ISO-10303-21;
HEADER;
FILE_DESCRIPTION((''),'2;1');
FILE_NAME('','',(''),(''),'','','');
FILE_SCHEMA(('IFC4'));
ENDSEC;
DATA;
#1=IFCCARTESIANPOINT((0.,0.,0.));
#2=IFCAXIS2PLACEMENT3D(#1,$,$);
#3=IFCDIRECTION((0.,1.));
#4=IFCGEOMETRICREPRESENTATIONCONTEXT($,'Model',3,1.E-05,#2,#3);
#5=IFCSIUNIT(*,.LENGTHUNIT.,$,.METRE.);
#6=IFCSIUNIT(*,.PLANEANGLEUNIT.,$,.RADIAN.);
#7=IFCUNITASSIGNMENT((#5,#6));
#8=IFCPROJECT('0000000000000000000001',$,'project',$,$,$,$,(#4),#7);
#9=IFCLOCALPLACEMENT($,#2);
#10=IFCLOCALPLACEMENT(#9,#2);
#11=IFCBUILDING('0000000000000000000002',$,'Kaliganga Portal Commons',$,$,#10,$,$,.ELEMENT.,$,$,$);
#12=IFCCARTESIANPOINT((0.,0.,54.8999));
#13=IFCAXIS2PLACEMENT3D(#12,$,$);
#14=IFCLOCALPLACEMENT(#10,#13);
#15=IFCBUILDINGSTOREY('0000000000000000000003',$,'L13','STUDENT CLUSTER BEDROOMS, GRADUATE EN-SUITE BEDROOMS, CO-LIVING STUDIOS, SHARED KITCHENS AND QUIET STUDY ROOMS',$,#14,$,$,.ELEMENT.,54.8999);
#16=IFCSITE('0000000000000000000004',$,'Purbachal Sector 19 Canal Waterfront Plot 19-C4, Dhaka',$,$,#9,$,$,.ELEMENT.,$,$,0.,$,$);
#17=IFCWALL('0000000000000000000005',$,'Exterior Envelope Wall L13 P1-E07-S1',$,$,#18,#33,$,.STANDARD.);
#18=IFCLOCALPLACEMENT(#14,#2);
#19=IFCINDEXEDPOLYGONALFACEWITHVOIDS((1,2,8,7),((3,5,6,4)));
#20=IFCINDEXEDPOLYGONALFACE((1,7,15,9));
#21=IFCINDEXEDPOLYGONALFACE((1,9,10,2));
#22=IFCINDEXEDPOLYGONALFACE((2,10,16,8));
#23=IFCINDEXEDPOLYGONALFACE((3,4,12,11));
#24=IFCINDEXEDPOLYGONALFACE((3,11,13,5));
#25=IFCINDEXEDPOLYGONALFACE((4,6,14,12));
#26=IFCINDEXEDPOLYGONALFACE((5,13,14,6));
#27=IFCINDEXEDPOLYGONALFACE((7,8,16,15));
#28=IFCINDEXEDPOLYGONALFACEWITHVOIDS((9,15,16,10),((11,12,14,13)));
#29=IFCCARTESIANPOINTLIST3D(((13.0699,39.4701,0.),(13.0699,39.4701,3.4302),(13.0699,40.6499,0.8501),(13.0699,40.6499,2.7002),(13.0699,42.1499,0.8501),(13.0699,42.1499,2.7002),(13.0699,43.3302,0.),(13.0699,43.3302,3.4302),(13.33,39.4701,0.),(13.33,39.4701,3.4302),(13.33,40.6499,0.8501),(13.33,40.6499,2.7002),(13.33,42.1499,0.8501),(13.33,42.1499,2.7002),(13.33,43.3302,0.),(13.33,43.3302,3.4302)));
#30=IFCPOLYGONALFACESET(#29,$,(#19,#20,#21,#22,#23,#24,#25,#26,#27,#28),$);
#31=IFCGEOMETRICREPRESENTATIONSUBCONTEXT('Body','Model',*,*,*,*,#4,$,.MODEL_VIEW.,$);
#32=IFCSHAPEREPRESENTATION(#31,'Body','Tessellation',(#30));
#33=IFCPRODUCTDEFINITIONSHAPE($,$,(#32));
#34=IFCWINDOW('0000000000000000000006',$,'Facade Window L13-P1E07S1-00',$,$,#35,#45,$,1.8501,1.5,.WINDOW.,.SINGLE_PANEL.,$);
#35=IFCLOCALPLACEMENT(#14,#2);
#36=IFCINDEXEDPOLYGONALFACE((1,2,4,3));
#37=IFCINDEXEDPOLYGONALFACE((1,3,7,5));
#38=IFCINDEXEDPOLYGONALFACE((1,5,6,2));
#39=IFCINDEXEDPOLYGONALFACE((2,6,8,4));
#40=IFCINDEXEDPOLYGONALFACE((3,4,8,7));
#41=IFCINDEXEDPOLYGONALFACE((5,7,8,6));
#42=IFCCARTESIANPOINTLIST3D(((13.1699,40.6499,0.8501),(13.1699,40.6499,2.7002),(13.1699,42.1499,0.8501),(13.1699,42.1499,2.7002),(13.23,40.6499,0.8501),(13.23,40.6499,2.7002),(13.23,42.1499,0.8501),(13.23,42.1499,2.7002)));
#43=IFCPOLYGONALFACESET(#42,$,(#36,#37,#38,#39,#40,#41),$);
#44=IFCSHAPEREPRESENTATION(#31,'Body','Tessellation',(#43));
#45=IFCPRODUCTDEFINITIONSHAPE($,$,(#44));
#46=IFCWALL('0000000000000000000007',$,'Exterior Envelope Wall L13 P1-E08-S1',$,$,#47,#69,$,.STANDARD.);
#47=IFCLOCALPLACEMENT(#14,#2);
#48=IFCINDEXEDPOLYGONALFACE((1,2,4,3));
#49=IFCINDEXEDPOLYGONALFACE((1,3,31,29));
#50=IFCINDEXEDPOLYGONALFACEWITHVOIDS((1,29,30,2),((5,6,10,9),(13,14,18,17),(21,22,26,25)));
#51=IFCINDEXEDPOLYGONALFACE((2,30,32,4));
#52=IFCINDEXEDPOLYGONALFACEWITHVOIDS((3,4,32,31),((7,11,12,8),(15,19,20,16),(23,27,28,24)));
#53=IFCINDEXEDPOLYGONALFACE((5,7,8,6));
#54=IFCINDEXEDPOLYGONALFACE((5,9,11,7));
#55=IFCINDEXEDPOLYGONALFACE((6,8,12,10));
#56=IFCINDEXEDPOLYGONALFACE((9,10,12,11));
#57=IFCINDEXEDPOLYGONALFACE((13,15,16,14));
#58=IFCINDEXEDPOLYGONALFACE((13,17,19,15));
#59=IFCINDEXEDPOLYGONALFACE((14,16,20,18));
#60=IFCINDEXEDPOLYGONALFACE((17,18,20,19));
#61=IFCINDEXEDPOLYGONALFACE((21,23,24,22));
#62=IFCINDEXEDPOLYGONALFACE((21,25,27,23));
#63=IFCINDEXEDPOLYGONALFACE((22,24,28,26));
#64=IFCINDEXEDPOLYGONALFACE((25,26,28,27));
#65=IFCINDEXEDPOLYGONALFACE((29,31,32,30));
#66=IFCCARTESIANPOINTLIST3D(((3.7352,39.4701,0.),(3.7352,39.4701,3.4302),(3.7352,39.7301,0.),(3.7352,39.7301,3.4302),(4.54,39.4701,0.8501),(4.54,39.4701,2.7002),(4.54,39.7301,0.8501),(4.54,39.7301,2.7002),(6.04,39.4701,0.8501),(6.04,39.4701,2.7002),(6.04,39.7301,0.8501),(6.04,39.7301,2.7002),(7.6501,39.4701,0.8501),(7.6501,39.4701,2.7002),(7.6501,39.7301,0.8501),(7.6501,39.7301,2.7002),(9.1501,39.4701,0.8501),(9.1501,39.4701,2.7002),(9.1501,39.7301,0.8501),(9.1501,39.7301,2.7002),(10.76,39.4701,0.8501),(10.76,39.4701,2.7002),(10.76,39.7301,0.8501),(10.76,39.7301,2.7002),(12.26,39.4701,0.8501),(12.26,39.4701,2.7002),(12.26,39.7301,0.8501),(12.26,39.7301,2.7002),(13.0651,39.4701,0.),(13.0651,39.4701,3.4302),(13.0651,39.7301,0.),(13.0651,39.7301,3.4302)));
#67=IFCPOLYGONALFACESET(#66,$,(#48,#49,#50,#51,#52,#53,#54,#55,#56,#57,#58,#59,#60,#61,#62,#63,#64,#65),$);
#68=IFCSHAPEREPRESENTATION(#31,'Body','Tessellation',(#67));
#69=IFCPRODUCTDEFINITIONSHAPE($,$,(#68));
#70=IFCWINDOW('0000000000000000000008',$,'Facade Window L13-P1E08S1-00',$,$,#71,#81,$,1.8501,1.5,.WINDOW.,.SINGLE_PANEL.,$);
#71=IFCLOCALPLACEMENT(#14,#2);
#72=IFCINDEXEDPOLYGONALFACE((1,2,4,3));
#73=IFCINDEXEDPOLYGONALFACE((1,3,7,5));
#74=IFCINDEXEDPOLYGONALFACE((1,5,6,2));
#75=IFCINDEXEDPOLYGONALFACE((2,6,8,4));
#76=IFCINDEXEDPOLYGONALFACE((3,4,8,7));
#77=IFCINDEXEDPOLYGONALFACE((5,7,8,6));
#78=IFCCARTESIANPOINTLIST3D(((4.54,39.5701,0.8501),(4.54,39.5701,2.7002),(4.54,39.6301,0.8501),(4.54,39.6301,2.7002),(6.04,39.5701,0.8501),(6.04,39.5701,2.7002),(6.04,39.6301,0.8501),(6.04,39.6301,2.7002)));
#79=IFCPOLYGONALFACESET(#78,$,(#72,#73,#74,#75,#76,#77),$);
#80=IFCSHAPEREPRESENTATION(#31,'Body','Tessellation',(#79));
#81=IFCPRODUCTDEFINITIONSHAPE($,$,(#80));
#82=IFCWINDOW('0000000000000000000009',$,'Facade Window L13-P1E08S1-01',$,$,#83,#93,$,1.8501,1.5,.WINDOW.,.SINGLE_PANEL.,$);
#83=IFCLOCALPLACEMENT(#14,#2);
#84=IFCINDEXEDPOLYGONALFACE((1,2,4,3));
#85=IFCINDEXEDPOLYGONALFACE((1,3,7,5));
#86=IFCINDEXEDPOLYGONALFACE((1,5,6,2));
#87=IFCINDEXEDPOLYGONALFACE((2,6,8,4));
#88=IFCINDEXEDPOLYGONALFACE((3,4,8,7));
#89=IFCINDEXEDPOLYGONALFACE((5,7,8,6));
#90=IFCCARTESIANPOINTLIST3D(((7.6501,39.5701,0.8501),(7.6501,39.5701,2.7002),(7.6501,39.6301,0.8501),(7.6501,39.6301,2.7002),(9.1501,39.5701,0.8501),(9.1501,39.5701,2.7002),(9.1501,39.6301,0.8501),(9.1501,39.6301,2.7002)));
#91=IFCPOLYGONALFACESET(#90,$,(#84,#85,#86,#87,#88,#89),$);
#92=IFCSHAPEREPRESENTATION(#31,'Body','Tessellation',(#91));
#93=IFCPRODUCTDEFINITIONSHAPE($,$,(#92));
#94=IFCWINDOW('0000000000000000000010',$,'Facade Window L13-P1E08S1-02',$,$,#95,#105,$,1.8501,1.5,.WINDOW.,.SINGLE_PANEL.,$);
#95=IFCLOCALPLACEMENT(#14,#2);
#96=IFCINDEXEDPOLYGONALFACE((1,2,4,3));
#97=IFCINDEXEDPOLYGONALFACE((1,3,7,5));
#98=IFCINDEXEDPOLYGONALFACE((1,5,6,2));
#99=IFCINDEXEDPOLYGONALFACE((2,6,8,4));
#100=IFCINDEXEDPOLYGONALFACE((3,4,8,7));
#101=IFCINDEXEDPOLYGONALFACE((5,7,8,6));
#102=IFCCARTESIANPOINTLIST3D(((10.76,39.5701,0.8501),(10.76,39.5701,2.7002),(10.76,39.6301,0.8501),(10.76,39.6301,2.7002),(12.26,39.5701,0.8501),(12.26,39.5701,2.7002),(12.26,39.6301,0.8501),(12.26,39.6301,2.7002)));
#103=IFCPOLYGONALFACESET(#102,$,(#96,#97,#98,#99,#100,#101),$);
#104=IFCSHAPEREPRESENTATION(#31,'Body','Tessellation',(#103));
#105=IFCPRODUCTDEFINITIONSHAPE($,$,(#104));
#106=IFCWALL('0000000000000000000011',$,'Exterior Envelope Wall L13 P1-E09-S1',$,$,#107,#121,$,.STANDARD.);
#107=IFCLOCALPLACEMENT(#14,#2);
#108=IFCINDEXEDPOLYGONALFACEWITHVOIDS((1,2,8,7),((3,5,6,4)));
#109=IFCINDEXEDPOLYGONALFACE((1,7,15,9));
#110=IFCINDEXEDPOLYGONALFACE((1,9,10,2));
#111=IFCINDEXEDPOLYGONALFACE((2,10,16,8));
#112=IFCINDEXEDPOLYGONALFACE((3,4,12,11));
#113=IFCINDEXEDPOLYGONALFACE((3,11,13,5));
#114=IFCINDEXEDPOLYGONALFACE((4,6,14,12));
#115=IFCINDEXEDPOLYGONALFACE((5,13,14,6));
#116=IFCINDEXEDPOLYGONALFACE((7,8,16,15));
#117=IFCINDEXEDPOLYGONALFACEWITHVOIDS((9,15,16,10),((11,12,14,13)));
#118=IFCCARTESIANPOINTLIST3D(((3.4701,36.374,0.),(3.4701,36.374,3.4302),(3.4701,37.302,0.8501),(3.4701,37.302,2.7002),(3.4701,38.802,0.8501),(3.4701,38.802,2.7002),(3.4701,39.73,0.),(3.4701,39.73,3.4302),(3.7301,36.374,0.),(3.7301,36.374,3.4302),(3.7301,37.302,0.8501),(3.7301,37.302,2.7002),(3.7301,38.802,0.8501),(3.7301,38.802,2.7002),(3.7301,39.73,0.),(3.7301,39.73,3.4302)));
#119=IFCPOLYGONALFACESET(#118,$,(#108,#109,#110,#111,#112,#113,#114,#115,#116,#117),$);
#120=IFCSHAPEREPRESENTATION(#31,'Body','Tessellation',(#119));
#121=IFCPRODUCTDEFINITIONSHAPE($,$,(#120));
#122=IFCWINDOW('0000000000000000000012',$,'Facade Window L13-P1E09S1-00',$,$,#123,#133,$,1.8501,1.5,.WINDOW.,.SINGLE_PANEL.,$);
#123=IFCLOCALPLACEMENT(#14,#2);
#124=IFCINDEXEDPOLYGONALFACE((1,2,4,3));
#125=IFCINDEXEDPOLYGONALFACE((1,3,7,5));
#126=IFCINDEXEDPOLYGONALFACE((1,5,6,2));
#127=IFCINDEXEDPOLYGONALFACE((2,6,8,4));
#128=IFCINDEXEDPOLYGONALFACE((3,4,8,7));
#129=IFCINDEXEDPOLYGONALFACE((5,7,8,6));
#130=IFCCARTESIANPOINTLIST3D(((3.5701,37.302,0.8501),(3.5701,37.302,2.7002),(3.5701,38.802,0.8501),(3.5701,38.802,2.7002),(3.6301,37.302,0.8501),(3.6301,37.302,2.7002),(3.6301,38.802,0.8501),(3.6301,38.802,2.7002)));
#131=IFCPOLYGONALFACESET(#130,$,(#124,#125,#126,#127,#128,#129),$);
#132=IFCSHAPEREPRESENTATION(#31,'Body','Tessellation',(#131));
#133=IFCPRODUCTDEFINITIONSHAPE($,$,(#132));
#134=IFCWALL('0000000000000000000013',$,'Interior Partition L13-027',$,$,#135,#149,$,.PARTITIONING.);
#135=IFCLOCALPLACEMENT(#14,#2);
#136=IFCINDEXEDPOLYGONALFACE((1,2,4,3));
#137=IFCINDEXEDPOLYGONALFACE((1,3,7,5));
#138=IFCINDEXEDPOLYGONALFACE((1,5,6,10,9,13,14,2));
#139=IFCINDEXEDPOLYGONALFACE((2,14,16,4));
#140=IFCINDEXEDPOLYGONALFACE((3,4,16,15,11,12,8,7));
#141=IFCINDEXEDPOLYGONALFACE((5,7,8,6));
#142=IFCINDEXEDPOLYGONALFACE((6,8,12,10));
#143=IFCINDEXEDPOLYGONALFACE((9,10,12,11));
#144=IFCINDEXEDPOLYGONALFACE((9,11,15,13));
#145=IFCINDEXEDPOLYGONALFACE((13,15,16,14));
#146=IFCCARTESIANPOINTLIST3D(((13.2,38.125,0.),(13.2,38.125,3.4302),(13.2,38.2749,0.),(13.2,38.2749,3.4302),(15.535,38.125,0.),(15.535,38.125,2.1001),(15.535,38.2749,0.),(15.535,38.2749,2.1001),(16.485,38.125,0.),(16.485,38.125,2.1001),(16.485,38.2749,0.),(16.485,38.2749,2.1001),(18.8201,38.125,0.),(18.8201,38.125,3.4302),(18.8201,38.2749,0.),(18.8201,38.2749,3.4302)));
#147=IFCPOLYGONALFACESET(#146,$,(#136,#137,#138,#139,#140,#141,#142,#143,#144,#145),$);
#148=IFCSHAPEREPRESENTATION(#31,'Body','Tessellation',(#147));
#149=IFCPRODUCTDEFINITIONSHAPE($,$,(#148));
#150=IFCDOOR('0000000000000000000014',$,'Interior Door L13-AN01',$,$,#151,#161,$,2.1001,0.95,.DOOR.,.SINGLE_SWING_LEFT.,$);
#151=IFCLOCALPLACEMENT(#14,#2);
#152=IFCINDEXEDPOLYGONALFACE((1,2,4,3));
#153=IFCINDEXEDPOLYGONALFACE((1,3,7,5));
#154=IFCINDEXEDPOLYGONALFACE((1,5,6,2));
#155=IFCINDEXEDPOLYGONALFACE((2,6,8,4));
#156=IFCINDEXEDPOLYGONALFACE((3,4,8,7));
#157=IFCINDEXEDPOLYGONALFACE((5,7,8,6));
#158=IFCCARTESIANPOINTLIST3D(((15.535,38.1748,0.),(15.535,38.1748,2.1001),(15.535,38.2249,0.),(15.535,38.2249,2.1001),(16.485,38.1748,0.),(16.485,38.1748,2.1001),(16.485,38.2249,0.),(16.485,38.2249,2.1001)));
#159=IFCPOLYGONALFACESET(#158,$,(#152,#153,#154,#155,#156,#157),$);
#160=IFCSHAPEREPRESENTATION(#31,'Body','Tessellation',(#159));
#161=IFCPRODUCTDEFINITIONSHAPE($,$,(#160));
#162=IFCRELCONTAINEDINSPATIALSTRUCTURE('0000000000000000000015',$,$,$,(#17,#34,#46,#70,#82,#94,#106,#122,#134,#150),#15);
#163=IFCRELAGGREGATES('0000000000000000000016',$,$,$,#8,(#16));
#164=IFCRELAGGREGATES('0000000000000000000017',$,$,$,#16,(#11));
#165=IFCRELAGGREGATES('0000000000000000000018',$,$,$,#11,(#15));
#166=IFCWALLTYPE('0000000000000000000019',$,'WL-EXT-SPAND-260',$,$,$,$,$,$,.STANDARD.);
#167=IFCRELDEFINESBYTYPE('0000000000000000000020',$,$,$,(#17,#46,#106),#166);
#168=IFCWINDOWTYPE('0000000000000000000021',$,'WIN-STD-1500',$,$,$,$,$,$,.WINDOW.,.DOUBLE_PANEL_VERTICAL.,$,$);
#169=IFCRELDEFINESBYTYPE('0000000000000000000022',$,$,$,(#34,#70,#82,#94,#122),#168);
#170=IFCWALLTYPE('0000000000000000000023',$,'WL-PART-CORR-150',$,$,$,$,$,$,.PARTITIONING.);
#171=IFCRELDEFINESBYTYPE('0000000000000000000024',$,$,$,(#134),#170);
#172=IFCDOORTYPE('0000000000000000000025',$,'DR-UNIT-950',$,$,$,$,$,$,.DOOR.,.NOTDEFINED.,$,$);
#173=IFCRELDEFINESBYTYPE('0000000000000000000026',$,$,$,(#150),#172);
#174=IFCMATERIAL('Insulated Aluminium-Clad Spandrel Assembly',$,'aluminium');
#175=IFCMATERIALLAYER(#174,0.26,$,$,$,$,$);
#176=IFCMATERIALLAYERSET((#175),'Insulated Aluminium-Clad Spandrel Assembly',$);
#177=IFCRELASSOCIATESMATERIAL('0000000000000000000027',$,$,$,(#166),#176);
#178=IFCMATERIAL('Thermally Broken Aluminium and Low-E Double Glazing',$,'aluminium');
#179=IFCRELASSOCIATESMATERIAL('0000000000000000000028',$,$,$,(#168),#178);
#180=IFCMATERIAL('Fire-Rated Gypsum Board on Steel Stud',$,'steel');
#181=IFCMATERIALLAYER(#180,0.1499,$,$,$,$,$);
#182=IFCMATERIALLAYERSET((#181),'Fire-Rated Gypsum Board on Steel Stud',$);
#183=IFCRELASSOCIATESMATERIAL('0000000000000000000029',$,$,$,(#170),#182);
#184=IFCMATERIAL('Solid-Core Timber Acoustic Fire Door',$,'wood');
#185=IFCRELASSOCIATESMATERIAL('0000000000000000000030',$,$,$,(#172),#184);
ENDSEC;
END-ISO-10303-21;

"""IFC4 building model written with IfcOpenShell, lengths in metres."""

from ifc_helpers import new_model, si_unit, direction, frame, frame_2d, origin, place, context, subcontext, project, spatial, rectangle, extrude, material, layer, layer_set, type_object, element, fill, save


model = new_model("IFC4")

# Units and contexts
model_context = context("Model", 3, precision=1e-05, world=origin(), true_north=direction((0.0, 1.0)))
body_context = subcontext(model_context, "Body", "Model", "MODEL_VIEW")
ifc_project = project(units=[si_unit("LENGTHUNIT", "METRE"), si_unit("PLANEANGLEUNIT", "RADIAN")], contexts=[model_context])

# Site, building, storey
site_placement = place(None, origin())
site = spatial("IfcSite", under=ifc_project, at=site_placement, Name="Purbachal Sector 19 Canal Waterfront Plot 19-C4, Dhaka", CompositionType="ELEMENT", RefElevation=0.0)
building_placement = place(site_placement, origin())
building = spatial("IfcBuilding", under=site, at=building_placement, Name="Kaliganga Portal Commons", CompositionType="ELEMENT")
storey_placement = place(building_placement, frame((0.0, 0.0, 54.8999)))
storey = spatial("IfcBuildingStorey", under=building, at=storey_placement, Name="L13", Description="STUDENT CLUSTER BEDROOMS, GRADUATE EN-SUITE BEDROOMS, CO-LIVING STUDIOS, SHARED KITCHENS AND QUIET STUDY ROOMS", CompositionType="ELEMENT", Elevation=54.8999)

# Shared definitions
ifc_material_1 = material(Name="Insulated Aluminium-Clad Spandrel Assembly", Category="aluminium")
ifc_layer_1 = layer(ifc_material_1, 0.26)
ifc_layer_set_1 = layer_set([ifc_layer_1], Name="Insulated Aluminium-Clad Spandrel Assembly")
wall_type_1 = type_object("IfcWallType", Name="WL-EXT-SPAND-260", PredefinedType="STANDARD", material=ifc_layer_set_1)

# Wall, opening, window
wall_1_placement = place(storey_placement, frame((13.2, 39.47, 0.0), z_axis=(0.0, 0.0, 1.0), x_axis=(0.0, 1.0, 0.0)))
wall_1 = element("IfcWall", 1, at=wall_1_placement, inside=storey, type_object=wall_type_1, Name="Exterior Envelope Wall L13 P1-E07-S1", PredefinedType="STANDARD", context=body_context, shape_type="SweptSolid", body=[
    extrude(rectangle(XDim=3.8601, YDim=0.26, at=frame_2d((1.9302, 0.0))), origin(), (0.0, 0.0, 1.0), 3.4302),
])
opening_1_placement = place(wall_1_placement, frame((1.1799, 0.0, 0.8501)))
opening_1 = element("IfcOpeningElement", 2, at=opening_1_placement, cuts=wall_1, PredefinedType="OPENING", context=body_context, shape_type="SweptSolid", body=[
    extrude(rectangle(XDim=1.5, YDim=1.8501, at=frame_2d((0.75, 0.925))), frame((0.0, 0.1401, 0.0), z_axis=(0.0, -1.0, 0.0), x_axis=(1.0, 0.0, 0.0)), (0.0, 0.0, 1.0), 0.28),
])
ifc_material_2 = material(Name="Thermally Broken Aluminium and Low-E Double Glazing", Category="aluminium")
window_type = type_object("IfcWindowType", Name="WIN-STD-1500", PartitioningType="DOUBLE_PANEL_VERTICAL", PredefinedType="WINDOW", material=ifc_material_2)
window_1_placement = place(opening_1_placement, origin())
window_1 = element("IfcWindow", 3, at=window_1_placement, inside=storey, type_object=window_type, Name="Facade Window L13-P1E07S1-00", OverallHeight=1.8501, OverallWidth=1.5, PartitioningType="SINGLE_PANEL", PredefinedType="WINDOW", context=body_context, shape_type="SweptSolid", body=[
    extrude(rectangle(XDim=1.5, YDim=1.8501, at=frame_2d((0.75, 0.925))), frame((0.0, 0.03, 0.0), z_axis=(0.0, -1.0, 0.0), x_axis=(1.0, 0.0, 0.0)), (0.0, 0.0, 1.0), 0.0601),
])
fill(opening_1, window_1)

# Wall, openings, windows
wall_2_placement = place(storey_placement, frame((3.7351, 39.6001, 0.0), z_axis=(0.0, 0.0, 1.0), x_axis=(1.0, 0.0, 0.0)))
wall_2 = element("IfcWall", 4, at=wall_2_placement, inside=storey, type_object=wall_type_1, Name="Exterior Envelope Wall L13 P1-E08-S1", PredefinedType="STANDARD", context=body_context, shape_type="SweptSolid", body=[
    extrude(rectangle(XDim=9.3298, YDim=0.26, at=frame_2d((4.665, 0.0))), origin(), (0.0, 0.0, 1.0), 3.4302),
])
opening_2_placement = place(wall_2_placement, frame((0.8049, 0.0, 0.8501)))
opening_2 = element("IfcOpeningElement", 5, at=opening_2_placement, cuts=wall_2, PredefinedType="OPENING", context=body_context, shape_type="SweptSolid", body=[
    extrude(rectangle(XDim=1.5, YDim=1.8501, at=frame_2d((0.75, 0.925))), frame((0.0, 0.1401, 0.0), z_axis=(0.0, -1.0, 0.0), x_axis=(1.0, 0.0, 0.0)), (0.0, 0.0, 1.0), 0.28),
])
opening_3_placement = place(wall_2_placement, frame((3.915, 0.0, 0.8501)))
opening_3 = element("IfcOpeningElement", 6, at=opening_3_placement, cuts=wall_2, PredefinedType="OPENING", context=body_context, shape_type="SweptSolid", body=[
    extrude(rectangle(XDim=1.5, YDim=1.8501, at=frame_2d((0.75, 0.925))), frame((0.0, 0.1401, 0.0), z_axis=(0.0, -1.0, 0.0), x_axis=(1.0, 0.0, 0.0)), (0.0, 0.0, 1.0), 0.28),
])
opening_4_placement = place(wall_2_placement, frame((7.0249, 0.0, 0.8501)))
opening_4 = element("IfcOpeningElement", 7, at=opening_4_placement, cuts=wall_2, PredefinedType="OPENING", context=body_context, shape_type="SweptSolid", body=[
    extrude(rectangle(XDim=1.5, YDim=1.8501, at=frame_2d((0.75, 0.925))), frame((0.0, 0.1401, 0.0), z_axis=(0.0, -1.0, 0.0), x_axis=(1.0, 0.0, 0.0)), (0.0, 0.0, 1.0), 0.28),
])
window_2_placement = place(opening_2_placement, origin())
window_2 = element("IfcWindow", 8, at=window_2_placement, inside=storey, type_object=window_type, Name="Facade Window L13-P1E08S1-00", OverallHeight=1.8501, OverallWidth=1.5, PartitioningType="SINGLE_PANEL", PredefinedType="WINDOW", context=body_context, shape_type="SweptSolid", body=[
    extrude(rectangle(XDim=1.5, YDim=1.8501, at=frame_2d((0.75, 0.925))), frame((0.0, 0.03, 0.0), z_axis=(0.0, -1.0, 0.0), x_axis=(1.0, 0.0, 0.0)), (0.0, 0.0, 1.0), 0.0601),
])
fill(opening_2, window_2)
window_3_placement = place(opening_3_placement, origin())
window_3 = element("IfcWindow", 9, at=window_3_placement, inside=storey, type_object=window_type, Name="Facade Window L13-P1E08S1-01", OverallHeight=1.8501, OverallWidth=1.5, PartitioningType="SINGLE_PANEL", PredefinedType="WINDOW", context=body_context, shape_type="SweptSolid", body=[
    extrude(rectangle(XDim=1.5, YDim=1.8501, at=frame_2d((0.75, 0.925))), frame((0.0, 0.03, 0.0), z_axis=(0.0, -1.0, 0.0), x_axis=(1.0, 0.0, 0.0)), (0.0, 0.0, 1.0), 0.0601),
])
fill(opening_3, window_3)
window_4_placement = place(opening_4_placement, origin())
window_4 = element("IfcWindow", 10, at=window_4_placement, inside=storey, type_object=window_type, Name="Facade Window L13-P1E08S1-02", OverallHeight=1.8501, OverallWidth=1.5, PartitioningType="SINGLE_PANEL", PredefinedType="WINDOW", context=body_context, shape_type="SweptSolid", body=[
    extrude(rectangle(XDim=1.5, YDim=1.8501, at=frame_2d((0.75, 0.925))), frame((0.0, 0.03, 0.0), z_axis=(0.0, -1.0, 0.0), x_axis=(1.0, 0.0, 0.0)), (0.0, 0.0, 1.0), 0.0601),
])
fill(opening_4, window_4)

# Wall, opening, window
wall_3_placement = place(storey_placement, frame((3.6001, 36.374, 0.0), z_axis=(0.0, 0.0, 1.0), x_axis=(0.0, 1.0, 0.0)))
wall_3 = element("IfcWall", 11, at=wall_3_placement, inside=storey, type_object=wall_type_1, Name="Exterior Envelope Wall L13 P1-E09-S1", PredefinedType="STANDARD", context=body_context, shape_type="SweptSolid", body=[
    extrude(rectangle(XDim=3.356, YDim=0.26, at=frame_2d((1.678, 0.0))), origin(), (0.0, 0.0, 1.0), 3.4302),
])
opening_5_placement = place(wall_3_placement, frame((0.928, 0.0, 0.8501)))
opening_5 = element("IfcOpeningElement", 12, at=opening_5_placement, cuts=wall_3, PredefinedType="OPENING", context=body_context, shape_type="SweptSolid", body=[
    extrude(rectangle(XDim=1.5, YDim=1.8501, at=frame_2d((0.75, 0.925))), frame((0.0, 0.1401, 0.0), z_axis=(0.0, -1.0, 0.0), x_axis=(1.0, 0.0, 0.0)), (0.0, 0.0, 1.0), 0.28),
])
window_5_placement = place(opening_5_placement, origin())
window_5 = element("IfcWindow", 13, at=window_5_placement, inside=storey, type_object=window_type, Name="Facade Window L13-P1E09S1-00", OverallHeight=1.8501, OverallWidth=1.5, PartitioningType="SINGLE_PANEL", PredefinedType="WINDOW", context=body_context, shape_type="SweptSolid", body=[
    extrude(rectangle(XDim=1.5, YDim=1.8501, at=frame_2d((0.75, 0.925))), frame((0.0, 0.03, 0.0), z_axis=(0.0, -1.0, 0.0), x_axis=(1.0, 0.0, 0.0)), (0.0, 0.0, 1.0), 0.0601),
])
fill(opening_5, window_5)

# Wall, opening, door
ifc_material_3 = material(Name="Fire-Rated Gypsum Board on Steel Stud", Category="steel")
ifc_layer_2 = layer(ifc_material_3, 0.1499)
ifc_layer_set_2 = layer_set([ifc_layer_2], Name="Fire-Rated Gypsum Board on Steel Stud")
wall_type_2 = type_object("IfcWallType", Name="WL-PART-CORR-150", PredefinedType="PARTITIONING", material=ifc_layer_set_2)
wall_4_placement = place(storey_placement, frame((13.2, 38.2, 0.0), z_axis=(0.0, 0.0, 1.0), x_axis=(1.0, 0.0, 0.0)))
wall_4 = element("IfcWall", 14, at=wall_4_placement, inside=storey, type_object=wall_type_2, Name="Interior Partition L13-027", PredefinedType="PARTITIONING", context=body_context, shape_type="SweptSolid", body=[
    extrude(rectangle(XDim=5.6201, YDim=0.1499, at=frame_2d((2.8101, 0.0))), origin(), (0.0, 0.0, 1.0), 3.4302),
])
opening_6_placement = place(wall_4_placement, frame((2.335, 0.0, 0.0)))
opening_6 = element("IfcOpeningElement", 15, at=opening_6_placement, cuts=wall_4, PredefinedType="OPENING", context=body_context, shape_type="SweptSolid", body=[
    extrude(rectangle(XDim=0.95, YDim=2.1001, at=frame_2d((0.4751, 1.05))), frame((0.0, 0.085, 0.0), z_axis=(0.0, -1.0, 0.0), x_axis=(1.0, 0.0, 0.0)), (0.0, 0.0, 1.0), 0.1699),
])
ifc_material_4 = material(Name="Solid-Core Timber Acoustic Fire Door", Category="wood")
door_type_1 = type_object("IfcDoorType", Name="DR-UNIT-950", OperationType="NOTDEFINED", PredefinedType="DOOR", material=ifc_material_4)
door_1_placement = place(opening_6_placement, origin())
door_1 = element("IfcDoor", 16, at=door_1_placement, inside=storey, type_object=door_type_1, Name="Interior Door L13-AN01", OperationType="SINGLE_SWING_LEFT", OverallHeight=2.1001, OverallWidth=0.95, PredefinedType="DOOR", context=body_context, shape_type="SweptSolid", body=[
    extrude(rectangle(XDim=0.95, YDim=2.1001, at=frame_2d((0.4751, 1.05))), frame((0.0, 0.0249, 0.0), z_axis=(0.0, -1.0, 0.0), x_axis=(1.0, 0.0, 0.0)), (0.0, 0.0, 1.0), 0.05),
])
fill(opening_6, door_1)

save(model, "model.ifc")
